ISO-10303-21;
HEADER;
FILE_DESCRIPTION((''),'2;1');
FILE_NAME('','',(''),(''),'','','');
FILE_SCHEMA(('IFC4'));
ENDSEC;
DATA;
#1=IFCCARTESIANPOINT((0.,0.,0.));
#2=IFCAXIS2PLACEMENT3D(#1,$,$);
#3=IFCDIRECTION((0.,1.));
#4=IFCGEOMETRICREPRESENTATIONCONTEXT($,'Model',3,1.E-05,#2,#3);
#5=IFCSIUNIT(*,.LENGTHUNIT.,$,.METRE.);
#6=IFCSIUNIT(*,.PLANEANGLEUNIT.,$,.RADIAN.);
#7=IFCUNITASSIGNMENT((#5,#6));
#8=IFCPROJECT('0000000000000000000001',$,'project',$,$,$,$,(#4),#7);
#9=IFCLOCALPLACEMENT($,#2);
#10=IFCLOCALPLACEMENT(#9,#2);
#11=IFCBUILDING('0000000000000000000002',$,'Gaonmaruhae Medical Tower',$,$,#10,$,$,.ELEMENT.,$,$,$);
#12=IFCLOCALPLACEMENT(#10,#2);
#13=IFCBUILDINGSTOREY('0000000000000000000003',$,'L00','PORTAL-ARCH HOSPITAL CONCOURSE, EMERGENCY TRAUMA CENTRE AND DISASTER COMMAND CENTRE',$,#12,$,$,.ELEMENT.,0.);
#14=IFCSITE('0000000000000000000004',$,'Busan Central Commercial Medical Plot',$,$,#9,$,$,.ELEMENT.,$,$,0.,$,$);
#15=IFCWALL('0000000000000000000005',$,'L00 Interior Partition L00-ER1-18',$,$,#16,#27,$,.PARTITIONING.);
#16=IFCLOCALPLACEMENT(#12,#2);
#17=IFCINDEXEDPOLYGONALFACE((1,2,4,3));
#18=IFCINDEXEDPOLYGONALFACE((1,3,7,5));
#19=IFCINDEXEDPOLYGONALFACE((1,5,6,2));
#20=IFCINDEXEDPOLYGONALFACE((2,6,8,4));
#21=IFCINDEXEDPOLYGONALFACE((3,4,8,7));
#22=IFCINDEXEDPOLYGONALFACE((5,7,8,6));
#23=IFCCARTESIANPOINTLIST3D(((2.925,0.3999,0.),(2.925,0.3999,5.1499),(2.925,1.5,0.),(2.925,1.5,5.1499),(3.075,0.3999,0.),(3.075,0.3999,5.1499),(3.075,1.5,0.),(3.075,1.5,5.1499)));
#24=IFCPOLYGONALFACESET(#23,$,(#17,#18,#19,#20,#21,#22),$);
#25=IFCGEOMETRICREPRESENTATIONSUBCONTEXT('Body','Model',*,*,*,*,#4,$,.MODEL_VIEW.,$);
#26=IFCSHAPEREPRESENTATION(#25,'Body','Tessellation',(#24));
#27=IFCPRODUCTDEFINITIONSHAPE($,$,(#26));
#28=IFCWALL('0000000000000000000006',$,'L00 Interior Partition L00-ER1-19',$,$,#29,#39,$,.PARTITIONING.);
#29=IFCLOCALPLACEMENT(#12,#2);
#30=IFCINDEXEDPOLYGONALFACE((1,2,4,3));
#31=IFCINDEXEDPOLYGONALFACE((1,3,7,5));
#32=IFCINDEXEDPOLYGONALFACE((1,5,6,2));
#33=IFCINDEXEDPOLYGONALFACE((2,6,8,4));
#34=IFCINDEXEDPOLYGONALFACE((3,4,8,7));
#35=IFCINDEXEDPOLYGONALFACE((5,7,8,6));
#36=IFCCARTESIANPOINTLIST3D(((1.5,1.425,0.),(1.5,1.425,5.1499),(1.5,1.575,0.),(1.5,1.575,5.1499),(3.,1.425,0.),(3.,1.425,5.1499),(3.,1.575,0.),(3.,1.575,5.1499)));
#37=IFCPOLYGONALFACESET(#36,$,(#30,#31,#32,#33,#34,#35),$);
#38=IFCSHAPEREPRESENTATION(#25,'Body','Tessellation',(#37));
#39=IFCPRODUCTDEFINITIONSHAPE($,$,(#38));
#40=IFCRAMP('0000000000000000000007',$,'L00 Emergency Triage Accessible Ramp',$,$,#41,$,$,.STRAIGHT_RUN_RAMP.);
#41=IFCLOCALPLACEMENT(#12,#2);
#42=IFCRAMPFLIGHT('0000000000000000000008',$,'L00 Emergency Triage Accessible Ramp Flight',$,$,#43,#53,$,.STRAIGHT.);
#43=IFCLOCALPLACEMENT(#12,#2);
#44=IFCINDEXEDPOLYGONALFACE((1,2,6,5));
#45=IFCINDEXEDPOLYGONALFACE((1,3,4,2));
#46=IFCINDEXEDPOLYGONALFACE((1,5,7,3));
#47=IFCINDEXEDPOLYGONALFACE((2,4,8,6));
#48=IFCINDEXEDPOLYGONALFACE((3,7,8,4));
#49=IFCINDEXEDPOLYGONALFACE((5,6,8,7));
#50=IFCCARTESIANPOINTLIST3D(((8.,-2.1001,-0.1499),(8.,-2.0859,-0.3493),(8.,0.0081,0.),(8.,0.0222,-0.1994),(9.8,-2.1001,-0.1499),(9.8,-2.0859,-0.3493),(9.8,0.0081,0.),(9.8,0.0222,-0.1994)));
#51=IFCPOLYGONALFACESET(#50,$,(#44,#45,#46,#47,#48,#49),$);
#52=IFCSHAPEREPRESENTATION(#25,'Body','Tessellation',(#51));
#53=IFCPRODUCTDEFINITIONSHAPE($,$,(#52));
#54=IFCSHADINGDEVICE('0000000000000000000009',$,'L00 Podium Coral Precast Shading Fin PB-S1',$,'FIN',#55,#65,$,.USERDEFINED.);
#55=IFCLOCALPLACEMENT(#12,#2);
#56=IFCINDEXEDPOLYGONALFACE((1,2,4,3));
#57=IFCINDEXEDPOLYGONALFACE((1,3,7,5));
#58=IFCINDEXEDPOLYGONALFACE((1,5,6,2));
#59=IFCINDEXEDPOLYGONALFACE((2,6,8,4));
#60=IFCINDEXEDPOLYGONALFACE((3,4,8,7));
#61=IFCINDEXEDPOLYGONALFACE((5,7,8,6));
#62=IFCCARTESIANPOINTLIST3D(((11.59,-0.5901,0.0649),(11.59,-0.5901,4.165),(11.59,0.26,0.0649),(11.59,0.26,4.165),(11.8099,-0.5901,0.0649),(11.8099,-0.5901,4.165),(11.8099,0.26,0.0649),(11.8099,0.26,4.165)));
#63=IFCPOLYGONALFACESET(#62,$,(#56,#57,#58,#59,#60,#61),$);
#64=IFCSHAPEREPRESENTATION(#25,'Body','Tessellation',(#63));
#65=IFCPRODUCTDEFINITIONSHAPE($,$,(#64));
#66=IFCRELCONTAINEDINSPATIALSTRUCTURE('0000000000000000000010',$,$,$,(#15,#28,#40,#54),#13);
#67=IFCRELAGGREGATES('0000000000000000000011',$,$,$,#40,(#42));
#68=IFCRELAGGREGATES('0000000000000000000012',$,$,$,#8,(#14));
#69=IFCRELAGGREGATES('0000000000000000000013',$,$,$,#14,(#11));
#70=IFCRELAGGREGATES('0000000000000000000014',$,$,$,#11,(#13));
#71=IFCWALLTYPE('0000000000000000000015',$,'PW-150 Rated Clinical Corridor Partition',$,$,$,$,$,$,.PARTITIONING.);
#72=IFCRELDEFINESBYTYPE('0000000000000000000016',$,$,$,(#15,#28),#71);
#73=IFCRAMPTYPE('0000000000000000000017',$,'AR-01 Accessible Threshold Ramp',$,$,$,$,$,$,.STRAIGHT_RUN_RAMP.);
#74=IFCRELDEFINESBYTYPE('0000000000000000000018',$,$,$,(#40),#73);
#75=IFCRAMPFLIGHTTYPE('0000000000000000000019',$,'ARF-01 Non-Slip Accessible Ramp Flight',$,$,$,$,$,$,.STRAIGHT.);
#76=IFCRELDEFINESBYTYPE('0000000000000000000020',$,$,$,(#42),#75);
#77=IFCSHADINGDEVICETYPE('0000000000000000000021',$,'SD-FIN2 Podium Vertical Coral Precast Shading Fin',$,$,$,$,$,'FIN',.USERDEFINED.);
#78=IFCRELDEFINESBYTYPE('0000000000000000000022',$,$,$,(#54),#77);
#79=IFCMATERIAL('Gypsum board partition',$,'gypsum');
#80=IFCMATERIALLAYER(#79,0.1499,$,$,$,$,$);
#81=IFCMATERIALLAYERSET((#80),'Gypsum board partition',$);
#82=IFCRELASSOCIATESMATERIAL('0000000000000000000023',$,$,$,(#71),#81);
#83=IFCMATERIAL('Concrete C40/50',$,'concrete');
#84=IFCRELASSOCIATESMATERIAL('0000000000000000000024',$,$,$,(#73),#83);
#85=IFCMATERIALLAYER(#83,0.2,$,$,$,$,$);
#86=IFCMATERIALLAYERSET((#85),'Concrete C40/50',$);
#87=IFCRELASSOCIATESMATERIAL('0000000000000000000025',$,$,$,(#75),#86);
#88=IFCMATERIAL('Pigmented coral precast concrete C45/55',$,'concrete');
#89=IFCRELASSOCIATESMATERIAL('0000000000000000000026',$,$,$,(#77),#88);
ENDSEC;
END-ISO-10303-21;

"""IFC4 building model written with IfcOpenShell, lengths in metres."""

from ifc_helpers import new_model, si_unit, direction, frame, frame_2d, origin, origin_2d, place, context, subcontext, project, spatial, polyline, rectangle, outline, extrude, material, layer, layer_set, type_object, element, aggregate, save


model = new_model("IFC4")

# Units and contexts
model_context = context("Model", 3, precision=1e-05, world=origin(), true_north=direction((0.0, 1.0)))
body_context = subcontext(model_context, "Body", "Model", "MODEL_VIEW")
ifc_project = project(units=[si_unit("LENGTHUNIT", "METRE"), si_unit("PLANEANGLEUNIT", "RADIAN")], contexts=[model_context])

# Site, building, storey
site_placement = place(None, origin())
site = spatial("IfcSite", under=ifc_project, at=site_placement, Name="Busan Central Commercial Medical Plot", CompositionType="ELEMENT", RefElevation=0.0)
building_placement = place(site_placement, origin())
building = spatial("IfcBuilding", under=site, at=building_placement, Name="Gaonmaruhae Medical Tower", CompositionType="ELEMENT")
storey_placement = place(building_placement, origin())
storey = spatial("IfcBuildingStorey", under=building, at=storey_placement, Name="L00", Description="PORTAL-ARCH HOSPITAL CONCOURSE, EMERGENCY TRAUMA CENTRE AND DISASTER COMMAND CENTRE", CompositionType="ELEMENT", Elevation=0.0)

# Shared definitions
ifc_material_1 = material(Name="Concrete C40/50", Category="concrete")

# Walls
ifc_material_2 = material(Name="Gypsum board partition", Category="gypsum")
ifc_layer_1 = layer(ifc_material_2, 0.1499)
ifc_layer_set_1 = layer_set([ifc_layer_1], Name="Gypsum board partition")
wall_type_1 = type_object("IfcWallType", Name="PW-150 Rated Clinical Corridor Partition", PredefinedType="PARTITIONING", material=ifc_layer_set_1)
wall_1_placement = place(storey_placement, frame((3.0, 0.3999, 0.0), z_axis=(0.0, 0.0, 1.0), x_axis=(0.0, 1.0, 0.0)))
element("IfcWall", 1, at=wall_1_placement, inside=storey, type_object=wall_type_1, Name="L00 Interior Partition L00-ER1-18", PredefinedType="PARTITIONING", context=body_context, shape_type="SweptSolid", body=[
    extrude(rectangle(XDim=1.1001, YDim=0.1499, at=frame_2d((0.55, 0.0))), origin(), (0.0, 0.0, 1.0), 5.1499),
])
wall_2_placement = place(storey_placement, frame((3.0, 1.5, 0.0), z_axis=(0.0, 0.0, 1.0), x_axis=(-1.0, 0.0, 0.0)))
element("IfcWall", 2, at=wall_2_placement, inside=storey, type_object=wall_type_1, Name="L00 Interior Partition L00-ER1-19", PredefinedType="PARTITIONING", context=body_context, shape_type="SweptSolid", body=[
    extrude(rectangle(XDim=1.5, YDim=0.1499, at=frame_2d((0.75, 0.0))), origin(), (0.0, 0.0, 1.0), 5.1499),
])

# Ramp, ramp flight
ramp_type = type_object("IfcRampType", Name="AR-01 Accessible Threshold Ramp", PredefinedType="STRAIGHT_RUN_RAMP", material=ifc_material_1)
ramp_placement = place(storey_placement, origin())
ramp = element("IfcRamp", 3, at=ramp_placement, inside=storey, type_object=ramp_type, Name="L00 Emergency Triage Accessible Ramp", PredefinedType="STRAIGHT_RUN_RAMP")
ifc_layer_2 = layer(ifc_material_1, 0.2)
ifc_layer_set_2 = layer_set([ifc_layer_2], Name="Concrete C40/50")
ramp_flight_type = type_object("IfcRampFlightType", Name="ARF-01 Non-Slip Accessible Ramp Flight", PredefinedType="STRAIGHT", material=ifc_layer_set_2)
ramp_flight_placement = place(storey_placement, frame((8.0, -2.1001, -0.1499), z_axis=(0.0, -0.070927, 0.997482), x_axis=(1.0, 0.0, 0.0)))
ramp_flight = element("IfcRampFlight", 4, at=ramp_flight_placement, type_object=ramp_flight_type, Name="L00 Emergency Triage Accessible Ramp Flight", PredefinedType="STRAIGHT", context=body_context, shape_type="SweptSolid", body=[
    extrude(outline(polyline([(0.0, 0.0), (1.8, 0.0), (1.8, 2.1135), (0.0, 2.1135), (0.0, 0.0)])), origin(), (0.0, 0.0, -1.0), 0.2),
])
aggregate(ramp, [ramp_flight])

# Shading device
ifc_material_3 = material(Name="Pigmented coral precast concrete C45/55", Category="concrete")
shading_device_type = type_object("IfcShadingDeviceType", Name="SD-FIN2 Podium Vertical Coral Precast Shading Fin", ElementType="FIN", PredefinedType="USERDEFINED", material=ifc_material_3)
shading_device_placement = place(storey_placement, frame((11.7, -0.165, 0.0649), z_axis=(0.0, 0.0, 1.0), x_axis=(-1.0, 0.0, 0.0)))
element("IfcShadingDevice", 5, at=shading_device_placement, inside=storey, type_object=shading_device_type, Name="L00 Podium Coral Precast Shading Fin PB-S1", ObjectType="FIN", PredefinedType="USERDEFINED", context=body_context, shape_type="SweptSolid", body=[
    extrude(rectangle(XDim=0.22, YDim=0.8501, at=origin_2d()), origin(), (0.0, 0.0, 1.0), 4.1001),
])

save(model, "model.ifc")
